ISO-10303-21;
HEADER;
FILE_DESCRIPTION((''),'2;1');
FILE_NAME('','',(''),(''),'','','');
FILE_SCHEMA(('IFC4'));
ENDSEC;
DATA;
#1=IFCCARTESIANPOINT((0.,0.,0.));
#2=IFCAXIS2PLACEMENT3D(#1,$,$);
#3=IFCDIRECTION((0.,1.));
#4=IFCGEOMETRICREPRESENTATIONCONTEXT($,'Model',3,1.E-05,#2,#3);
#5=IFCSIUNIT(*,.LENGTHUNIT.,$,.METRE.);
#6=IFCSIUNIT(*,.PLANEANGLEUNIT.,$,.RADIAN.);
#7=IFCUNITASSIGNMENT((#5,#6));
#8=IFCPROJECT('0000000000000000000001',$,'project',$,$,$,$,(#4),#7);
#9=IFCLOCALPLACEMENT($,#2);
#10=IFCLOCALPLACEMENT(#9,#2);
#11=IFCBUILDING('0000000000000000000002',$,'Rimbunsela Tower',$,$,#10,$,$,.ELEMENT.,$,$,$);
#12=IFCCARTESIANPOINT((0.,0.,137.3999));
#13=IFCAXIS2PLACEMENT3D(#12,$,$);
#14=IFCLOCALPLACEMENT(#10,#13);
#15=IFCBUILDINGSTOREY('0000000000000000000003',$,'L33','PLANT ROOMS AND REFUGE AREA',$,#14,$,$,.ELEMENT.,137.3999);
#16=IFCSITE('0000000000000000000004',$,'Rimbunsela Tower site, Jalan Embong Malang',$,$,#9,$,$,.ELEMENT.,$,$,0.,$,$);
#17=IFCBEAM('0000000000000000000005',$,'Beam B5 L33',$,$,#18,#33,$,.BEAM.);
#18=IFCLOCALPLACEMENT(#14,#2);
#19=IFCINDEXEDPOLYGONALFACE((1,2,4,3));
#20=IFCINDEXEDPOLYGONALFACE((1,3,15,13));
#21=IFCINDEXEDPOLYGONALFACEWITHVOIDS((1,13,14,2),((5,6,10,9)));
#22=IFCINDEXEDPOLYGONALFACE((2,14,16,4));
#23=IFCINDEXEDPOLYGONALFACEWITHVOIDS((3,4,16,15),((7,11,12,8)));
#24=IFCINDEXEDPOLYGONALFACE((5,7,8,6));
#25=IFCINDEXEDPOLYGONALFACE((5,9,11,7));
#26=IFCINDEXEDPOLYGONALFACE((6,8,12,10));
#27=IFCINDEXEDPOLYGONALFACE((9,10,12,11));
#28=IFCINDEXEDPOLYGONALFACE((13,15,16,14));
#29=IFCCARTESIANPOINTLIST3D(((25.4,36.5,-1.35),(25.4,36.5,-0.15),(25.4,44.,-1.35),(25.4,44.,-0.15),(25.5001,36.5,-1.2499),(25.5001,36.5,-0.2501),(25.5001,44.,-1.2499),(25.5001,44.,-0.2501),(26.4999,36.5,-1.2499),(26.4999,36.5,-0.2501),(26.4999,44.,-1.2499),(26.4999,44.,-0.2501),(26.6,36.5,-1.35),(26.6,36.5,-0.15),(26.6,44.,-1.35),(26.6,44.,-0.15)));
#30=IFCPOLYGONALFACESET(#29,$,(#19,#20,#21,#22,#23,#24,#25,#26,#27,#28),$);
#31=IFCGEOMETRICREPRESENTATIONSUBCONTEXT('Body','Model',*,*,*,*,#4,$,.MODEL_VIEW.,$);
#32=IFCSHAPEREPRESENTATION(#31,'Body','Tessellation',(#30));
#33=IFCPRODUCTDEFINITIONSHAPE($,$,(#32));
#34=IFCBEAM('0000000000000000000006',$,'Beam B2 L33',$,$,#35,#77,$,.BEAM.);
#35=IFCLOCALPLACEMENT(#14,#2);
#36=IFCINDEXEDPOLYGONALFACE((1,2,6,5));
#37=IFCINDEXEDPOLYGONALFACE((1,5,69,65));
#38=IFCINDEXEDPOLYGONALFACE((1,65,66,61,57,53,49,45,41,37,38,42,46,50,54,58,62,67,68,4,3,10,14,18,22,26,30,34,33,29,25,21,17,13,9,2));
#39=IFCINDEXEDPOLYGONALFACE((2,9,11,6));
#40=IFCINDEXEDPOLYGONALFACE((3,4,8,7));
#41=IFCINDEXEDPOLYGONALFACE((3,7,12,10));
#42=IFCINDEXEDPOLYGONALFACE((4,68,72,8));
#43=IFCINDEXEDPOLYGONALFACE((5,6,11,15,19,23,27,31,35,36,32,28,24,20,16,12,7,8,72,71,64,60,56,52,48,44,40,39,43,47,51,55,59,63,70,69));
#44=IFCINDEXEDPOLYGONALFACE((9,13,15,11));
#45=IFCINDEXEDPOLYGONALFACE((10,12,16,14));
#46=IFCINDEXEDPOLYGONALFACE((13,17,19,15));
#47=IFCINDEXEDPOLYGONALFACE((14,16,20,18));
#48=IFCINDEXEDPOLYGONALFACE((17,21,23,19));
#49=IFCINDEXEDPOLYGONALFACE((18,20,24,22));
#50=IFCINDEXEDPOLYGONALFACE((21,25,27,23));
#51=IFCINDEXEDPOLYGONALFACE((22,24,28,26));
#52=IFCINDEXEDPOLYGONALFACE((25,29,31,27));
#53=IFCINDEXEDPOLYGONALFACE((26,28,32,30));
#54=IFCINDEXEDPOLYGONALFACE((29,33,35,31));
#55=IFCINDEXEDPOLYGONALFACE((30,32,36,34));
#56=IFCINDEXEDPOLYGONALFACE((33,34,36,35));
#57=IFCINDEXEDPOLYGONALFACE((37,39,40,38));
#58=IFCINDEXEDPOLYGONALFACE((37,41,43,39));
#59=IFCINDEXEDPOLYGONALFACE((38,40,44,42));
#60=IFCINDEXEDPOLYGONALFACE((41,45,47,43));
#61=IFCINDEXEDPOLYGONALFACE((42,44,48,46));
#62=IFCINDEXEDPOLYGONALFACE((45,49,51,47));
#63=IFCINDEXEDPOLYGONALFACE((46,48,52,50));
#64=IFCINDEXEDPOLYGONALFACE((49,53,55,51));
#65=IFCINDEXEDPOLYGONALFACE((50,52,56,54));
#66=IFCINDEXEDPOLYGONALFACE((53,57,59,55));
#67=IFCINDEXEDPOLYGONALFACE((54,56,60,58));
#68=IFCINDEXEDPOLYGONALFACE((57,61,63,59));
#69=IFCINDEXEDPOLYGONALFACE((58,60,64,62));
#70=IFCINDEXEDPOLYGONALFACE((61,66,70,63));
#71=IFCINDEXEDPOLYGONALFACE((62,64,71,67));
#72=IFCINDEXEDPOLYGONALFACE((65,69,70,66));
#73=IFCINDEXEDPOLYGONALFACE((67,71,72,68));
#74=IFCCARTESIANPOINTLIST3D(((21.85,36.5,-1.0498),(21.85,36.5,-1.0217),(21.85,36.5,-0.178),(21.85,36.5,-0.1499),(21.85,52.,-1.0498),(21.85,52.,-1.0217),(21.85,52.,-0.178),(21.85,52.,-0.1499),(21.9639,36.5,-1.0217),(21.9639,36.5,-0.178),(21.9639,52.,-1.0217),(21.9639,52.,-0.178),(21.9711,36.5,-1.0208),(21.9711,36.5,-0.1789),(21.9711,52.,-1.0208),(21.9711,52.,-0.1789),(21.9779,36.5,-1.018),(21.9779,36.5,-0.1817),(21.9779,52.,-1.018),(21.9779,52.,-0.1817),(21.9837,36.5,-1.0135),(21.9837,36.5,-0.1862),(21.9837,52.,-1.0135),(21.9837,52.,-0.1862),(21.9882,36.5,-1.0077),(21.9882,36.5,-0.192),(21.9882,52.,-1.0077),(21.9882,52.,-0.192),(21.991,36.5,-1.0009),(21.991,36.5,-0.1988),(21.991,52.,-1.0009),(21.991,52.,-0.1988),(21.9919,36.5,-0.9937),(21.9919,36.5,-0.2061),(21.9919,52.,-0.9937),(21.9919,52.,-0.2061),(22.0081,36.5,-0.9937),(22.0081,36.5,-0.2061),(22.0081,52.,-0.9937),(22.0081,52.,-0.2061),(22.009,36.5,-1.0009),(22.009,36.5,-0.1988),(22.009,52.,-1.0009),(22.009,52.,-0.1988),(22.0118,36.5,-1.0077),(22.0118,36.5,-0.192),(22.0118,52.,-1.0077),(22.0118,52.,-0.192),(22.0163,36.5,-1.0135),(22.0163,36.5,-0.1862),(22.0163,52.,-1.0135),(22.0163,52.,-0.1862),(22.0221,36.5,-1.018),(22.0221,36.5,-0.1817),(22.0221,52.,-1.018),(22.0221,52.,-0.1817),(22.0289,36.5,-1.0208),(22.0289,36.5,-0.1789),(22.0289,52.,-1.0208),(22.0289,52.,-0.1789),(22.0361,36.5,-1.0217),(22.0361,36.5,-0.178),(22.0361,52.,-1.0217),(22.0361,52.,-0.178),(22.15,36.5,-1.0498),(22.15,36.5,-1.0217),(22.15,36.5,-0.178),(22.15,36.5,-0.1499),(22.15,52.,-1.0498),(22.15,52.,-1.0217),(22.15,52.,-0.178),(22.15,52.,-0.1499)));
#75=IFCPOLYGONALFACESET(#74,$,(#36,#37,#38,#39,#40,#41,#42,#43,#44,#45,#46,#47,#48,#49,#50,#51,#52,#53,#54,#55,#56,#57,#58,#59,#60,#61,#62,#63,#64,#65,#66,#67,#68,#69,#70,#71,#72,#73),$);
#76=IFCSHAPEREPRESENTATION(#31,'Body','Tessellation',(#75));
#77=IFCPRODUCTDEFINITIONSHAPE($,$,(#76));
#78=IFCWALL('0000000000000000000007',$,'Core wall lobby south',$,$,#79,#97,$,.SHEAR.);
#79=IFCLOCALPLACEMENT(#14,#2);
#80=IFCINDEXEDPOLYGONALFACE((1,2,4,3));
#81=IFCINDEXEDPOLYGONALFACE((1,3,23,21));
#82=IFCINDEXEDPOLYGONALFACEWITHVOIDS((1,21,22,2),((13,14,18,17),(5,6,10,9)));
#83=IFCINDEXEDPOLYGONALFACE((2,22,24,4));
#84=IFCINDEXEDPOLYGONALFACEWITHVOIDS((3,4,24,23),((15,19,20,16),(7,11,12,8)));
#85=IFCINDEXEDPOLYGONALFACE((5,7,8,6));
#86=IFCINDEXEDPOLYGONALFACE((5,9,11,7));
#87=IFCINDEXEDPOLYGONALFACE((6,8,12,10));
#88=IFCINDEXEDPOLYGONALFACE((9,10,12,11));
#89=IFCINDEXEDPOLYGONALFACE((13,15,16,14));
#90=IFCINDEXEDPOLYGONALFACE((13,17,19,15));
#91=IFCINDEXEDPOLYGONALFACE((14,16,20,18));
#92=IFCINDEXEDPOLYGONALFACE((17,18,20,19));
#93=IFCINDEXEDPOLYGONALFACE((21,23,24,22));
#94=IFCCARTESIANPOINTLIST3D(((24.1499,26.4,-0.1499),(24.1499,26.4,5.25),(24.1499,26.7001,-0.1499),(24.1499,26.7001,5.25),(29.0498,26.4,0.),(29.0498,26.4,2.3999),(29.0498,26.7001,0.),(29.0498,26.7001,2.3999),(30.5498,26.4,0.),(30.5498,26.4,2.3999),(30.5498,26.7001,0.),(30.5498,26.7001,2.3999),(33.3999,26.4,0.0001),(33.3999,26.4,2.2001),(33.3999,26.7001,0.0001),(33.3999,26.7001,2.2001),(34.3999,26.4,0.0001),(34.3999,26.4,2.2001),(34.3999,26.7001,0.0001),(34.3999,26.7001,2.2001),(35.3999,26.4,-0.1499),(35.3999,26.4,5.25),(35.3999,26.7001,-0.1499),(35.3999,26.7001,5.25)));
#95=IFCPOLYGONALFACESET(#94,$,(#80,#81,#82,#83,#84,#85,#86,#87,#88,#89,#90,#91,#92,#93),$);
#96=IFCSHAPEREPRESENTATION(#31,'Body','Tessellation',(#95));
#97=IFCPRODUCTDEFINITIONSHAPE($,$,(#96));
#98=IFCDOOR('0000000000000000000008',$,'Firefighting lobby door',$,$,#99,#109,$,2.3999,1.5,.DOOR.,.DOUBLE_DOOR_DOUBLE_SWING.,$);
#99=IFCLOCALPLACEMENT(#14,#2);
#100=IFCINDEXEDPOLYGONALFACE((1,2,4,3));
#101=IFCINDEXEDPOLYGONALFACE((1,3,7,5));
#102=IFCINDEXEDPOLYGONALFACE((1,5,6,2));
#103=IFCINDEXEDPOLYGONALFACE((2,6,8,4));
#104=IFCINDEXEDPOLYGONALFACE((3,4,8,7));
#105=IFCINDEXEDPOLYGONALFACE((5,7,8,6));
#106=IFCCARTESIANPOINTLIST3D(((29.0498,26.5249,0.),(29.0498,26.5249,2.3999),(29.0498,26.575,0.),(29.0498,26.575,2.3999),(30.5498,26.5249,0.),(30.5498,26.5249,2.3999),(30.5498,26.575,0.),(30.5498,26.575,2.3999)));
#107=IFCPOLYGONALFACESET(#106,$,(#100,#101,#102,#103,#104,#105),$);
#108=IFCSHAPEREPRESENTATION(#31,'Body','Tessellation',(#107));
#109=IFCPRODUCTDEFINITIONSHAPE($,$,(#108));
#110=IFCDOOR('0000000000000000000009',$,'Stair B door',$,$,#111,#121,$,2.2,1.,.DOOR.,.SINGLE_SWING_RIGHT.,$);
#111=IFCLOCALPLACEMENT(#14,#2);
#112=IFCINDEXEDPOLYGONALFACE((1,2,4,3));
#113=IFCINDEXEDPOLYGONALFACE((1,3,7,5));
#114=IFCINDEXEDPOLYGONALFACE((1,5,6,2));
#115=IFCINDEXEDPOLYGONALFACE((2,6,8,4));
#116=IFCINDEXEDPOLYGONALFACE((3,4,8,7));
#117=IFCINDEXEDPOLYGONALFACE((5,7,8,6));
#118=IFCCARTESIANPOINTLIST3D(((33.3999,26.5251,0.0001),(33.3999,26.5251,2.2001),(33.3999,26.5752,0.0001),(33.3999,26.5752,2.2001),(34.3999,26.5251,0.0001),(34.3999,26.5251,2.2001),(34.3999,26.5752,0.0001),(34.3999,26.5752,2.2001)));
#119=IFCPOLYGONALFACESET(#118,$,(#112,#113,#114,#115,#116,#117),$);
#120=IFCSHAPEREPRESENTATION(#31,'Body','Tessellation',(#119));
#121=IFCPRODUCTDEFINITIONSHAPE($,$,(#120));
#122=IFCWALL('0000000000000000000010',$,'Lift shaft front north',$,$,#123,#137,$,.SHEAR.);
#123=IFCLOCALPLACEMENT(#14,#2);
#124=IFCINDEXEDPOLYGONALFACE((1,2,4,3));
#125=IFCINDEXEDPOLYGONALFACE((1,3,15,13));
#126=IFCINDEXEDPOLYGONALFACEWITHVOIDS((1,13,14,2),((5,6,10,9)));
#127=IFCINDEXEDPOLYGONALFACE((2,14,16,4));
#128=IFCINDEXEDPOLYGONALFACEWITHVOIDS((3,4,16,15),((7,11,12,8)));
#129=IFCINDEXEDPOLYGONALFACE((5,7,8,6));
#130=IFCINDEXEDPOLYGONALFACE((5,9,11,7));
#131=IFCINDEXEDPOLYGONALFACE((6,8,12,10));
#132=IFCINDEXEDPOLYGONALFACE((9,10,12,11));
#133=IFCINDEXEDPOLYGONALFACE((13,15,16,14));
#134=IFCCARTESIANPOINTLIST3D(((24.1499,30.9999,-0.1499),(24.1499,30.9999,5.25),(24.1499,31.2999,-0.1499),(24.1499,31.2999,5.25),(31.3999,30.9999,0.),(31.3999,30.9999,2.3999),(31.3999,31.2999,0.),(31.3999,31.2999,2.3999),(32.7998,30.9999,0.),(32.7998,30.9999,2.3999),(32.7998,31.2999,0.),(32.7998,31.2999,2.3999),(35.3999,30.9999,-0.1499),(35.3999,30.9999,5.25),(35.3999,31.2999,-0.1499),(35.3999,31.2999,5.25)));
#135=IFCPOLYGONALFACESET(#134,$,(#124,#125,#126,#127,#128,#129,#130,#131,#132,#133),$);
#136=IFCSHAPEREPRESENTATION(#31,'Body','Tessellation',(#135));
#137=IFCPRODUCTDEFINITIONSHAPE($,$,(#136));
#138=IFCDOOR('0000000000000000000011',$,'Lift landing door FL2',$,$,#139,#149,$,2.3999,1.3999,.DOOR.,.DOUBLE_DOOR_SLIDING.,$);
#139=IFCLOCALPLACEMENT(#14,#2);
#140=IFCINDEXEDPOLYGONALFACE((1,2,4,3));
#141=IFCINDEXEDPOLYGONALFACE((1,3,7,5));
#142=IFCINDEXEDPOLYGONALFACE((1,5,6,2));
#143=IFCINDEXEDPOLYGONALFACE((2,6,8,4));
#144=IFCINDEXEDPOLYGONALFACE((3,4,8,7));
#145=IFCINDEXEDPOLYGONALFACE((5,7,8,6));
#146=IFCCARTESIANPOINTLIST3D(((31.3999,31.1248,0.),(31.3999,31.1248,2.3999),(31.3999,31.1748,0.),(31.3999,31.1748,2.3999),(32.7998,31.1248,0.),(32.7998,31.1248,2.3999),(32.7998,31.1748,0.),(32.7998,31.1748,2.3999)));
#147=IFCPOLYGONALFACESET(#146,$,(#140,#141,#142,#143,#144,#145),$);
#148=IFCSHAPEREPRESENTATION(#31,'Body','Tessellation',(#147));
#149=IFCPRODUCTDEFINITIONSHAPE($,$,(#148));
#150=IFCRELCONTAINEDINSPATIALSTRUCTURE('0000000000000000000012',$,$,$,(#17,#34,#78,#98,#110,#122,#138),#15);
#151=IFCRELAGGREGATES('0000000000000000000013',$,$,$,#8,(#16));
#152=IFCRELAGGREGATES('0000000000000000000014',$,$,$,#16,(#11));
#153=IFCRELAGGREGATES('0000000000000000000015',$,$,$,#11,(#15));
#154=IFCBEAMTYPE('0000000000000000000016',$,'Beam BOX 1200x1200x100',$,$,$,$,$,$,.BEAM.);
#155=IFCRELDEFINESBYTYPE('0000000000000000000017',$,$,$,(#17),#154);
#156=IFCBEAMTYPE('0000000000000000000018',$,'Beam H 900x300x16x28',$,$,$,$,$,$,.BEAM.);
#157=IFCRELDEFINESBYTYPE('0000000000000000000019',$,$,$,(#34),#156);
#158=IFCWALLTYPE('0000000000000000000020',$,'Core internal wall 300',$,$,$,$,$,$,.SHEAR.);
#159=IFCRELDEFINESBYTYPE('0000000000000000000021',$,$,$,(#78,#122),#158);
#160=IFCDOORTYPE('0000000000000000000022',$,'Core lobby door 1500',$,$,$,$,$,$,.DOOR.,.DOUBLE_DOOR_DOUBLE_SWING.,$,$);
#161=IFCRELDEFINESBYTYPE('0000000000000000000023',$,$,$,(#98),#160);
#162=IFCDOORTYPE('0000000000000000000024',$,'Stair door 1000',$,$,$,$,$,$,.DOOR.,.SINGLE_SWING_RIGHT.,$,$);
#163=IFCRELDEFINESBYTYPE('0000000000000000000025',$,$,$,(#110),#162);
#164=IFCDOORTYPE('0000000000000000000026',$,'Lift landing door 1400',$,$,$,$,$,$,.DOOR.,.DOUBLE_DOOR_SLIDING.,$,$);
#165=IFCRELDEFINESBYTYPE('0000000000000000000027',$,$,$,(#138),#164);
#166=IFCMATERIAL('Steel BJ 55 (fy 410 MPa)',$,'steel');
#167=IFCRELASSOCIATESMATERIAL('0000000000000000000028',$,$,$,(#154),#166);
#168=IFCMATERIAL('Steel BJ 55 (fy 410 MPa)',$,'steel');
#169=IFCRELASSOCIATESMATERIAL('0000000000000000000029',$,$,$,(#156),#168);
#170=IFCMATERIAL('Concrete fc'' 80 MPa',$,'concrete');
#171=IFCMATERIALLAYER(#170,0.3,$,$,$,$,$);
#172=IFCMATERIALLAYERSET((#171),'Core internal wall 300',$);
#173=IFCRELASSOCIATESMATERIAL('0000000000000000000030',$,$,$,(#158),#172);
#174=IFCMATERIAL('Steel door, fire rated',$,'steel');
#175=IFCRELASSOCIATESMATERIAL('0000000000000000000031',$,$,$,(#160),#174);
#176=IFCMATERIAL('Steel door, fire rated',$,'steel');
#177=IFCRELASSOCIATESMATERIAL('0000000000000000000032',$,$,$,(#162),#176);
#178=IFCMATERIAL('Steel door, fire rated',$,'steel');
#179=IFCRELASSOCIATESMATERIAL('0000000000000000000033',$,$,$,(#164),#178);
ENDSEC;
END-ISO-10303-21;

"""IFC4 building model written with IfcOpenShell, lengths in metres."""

from ifc_helpers import new_model, si_unit, direction, frame, frame_2d, origin, origin_2d, place, context, subcontext, project, spatial, rectangle, hollow_rectangle, i_section, extrude, material, layer, layer_set, material_profile, profile_set, type_object, element, fill, save


model = new_model("IFC4")

# Units and contexts
model_context = context("Model", 3, precision=1e-05, world=origin(), true_north=direction((0.0, 1.0)))
body_context = subcontext(model_context, "Body", "Model", "MODEL_VIEW")
ifc_project = project(units=[si_unit("LENGTHUNIT", "METRE"), si_unit("PLANEANGLEUNIT", "RADIAN")], contexts=[model_context])

# Site, building, storey
site_placement = place(None, origin())
site = spatial("IfcSite", under=ifc_project, at=site_placement, Name="Rimbunsela Tower site, Jalan Embong Malang", CompositionType="ELEMENT", RefElevation=0.0)
building_placement = place(site_placement, origin())
building = spatial("IfcBuilding", under=site, at=building_placement, Name="Rimbunsela Tower", CompositionType="ELEMENT")
storey_placement = place(building_placement, frame((0.0, 0.0, 137.3999)))
storey = spatial("IfcBuildingStorey", under=building, at=storey_placement, Name="L33", Description="PLANT ROOMS AND REFUGE AREA", CompositionType="ELEMENT", Elevation=137.3999)

# Beams
ifc_material_1 = material(Name="Steel BJ 55 (fy 410 MPa)", Category="steel")
ifc_material_profile_1 = material_profile(ifc_material_1, hollow_rectangle(XDim=1.2, YDim=1.2, WallThickness=0.1001, at=origin_2d()), Name="BOX 1200x1200x100")
ifc_profile_set_1 = profile_set([ifc_material_profile_1], Name="Steel BJ 55 (fy 410 MPa)")
beam_type_1 = type_object("IfcBeamType", Name="Beam BOX 1200x1200x100", PredefinedType="BEAM", material=ifc_profile_set_1)
beam_1_placement = place(storey_placement, frame((26.0, 36.5, -0.75), z_axis=(0.0, 1.0, 0.0), x_axis=(-1.0, 0.0, 0.0)))
element("IfcBeam", 1, at=beam_1_placement, inside=storey, type_object=beam_type_1, Name="Beam B5 L33", PredefinedType="BEAM", context=body_context, shape_type="SweptSolid", body=[
    extrude(hollow_rectangle(XDim=1.2, YDim=1.2, WallThickness=0.1001, at=origin_2d()), origin(), (0.0, 0.0, 1.0), 7.5),
])
ifc_material_2 = material(Name="Steel BJ 55 (fy 410 MPa)", Category="steel")
ifc_material_profile_2 = material_profile(ifc_material_2, i_section(OverallWidth=0.3, OverallDepth=0.8999, WebThickness=0.0161, FlangeThickness=0.0281, FilletRadius=0.0281, at=origin_2d()), Name="H 900x300x16x28")
ifc_profile_set_2 = profile_set([ifc_material_profile_2], Name="Steel BJ 55 (fy 410 MPa)")
beam_type_2 = type_object("IfcBeamType", Name="Beam H 900x300x16x28", PredefinedType="BEAM", material=ifc_profile_set_2)
beam_2_placement = place(storey_placement, frame((22.0, 36.5, -0.5999), z_axis=(0.0, 1.0, 0.0), x_axis=(-1.0, 0.0, 0.0)))
element("IfcBeam", 2, at=beam_2_placement, inside=storey, type_object=beam_type_2, Name="Beam B2 L33", PredefinedType="BEAM", context=body_context, shape_type="SweptSolid", body=[
    extrude(i_section(OverallWidth=0.3, OverallDepth=0.8999, WebThickness=0.0161, FlangeThickness=0.0281, FilletRadius=0.0281, at=origin_2d()), origin(), (0.0, 0.0, 1.0), 15.5),
])

# Wall, openings, doors
ifc_material_3 = material(Name="Concrete fc' 80 MPa", Category="concrete")
ifc_layer_1 = layer(ifc_material_3, 0.3)
ifc_layer_set_1 = layer_set([ifc_layer_1], Name="Core internal wall 300")
wall_type_1 = type_object("IfcWallType", Name="Core internal wall 300", PredefinedType="SHEAR", material=ifc_layer_set_1)
wall_1_placement = place(storey_placement, frame((24.1499, 26.55, -0.1499), z_axis=(0.0, 0.0, 1.0), x_axis=(1.0, 0.0, 0.0)))
wall_1 = element("IfcWall", 3, at=wall_1_placement, inside=storey, type_object=wall_type_1, Name="Core wall lobby south", PredefinedType="SHEAR", context=body_context, shape_type="SweptSolid", body=[
    extrude(rectangle(XDim=11.25, YDim=0.3, at=frame_2d((5.625, 0.0))), origin(), (0.0, 0.0, 1.0), 5.3999),
])
opening_1_placement = place(wall_1_placement, frame((9.25, 0.0, 0.1499)))
opening_1 = element("IfcOpeningElement", 4, at=opening_1_placement, cuts=wall_1, PredefinedType="OPENING", context=body_context, shape_type="SweptSolid", body=[
    extrude(rectangle(XDim=1.0, YDim=2.2, at=frame_2d((0.5, 1.1001))), frame((0.0, 0.1599, 0.0), z_axis=(0.0, -1.0, 0.0), x_axis=(1.0, 0.0, 0.0)), (0.0, 0.0, 1.0), 0.3201),
])
opening_2_placement = place(wall_1_placement, frame((4.8999, 0.0, 0.1499)))
opening_2 = element("IfcOpeningElement", 5, at=opening_2_placement, cuts=wall_1, PredefinedType="OPENING", context=body_context, shape_type="SweptSolid", body=[
    extrude(rectangle(XDim=1.5, YDim=2.3999, at=frame_2d((0.75, 1.2))), frame((0.0, 0.1599, 0.0), z_axis=(0.0, -1.0, 0.0), x_axis=(1.0, 0.0, 0.0)), (0.0, 0.0, 1.0), 0.3201),
])
ifc_material_4 = material(Name="Steel door, fire rated", Category="steel")
door_type_1 = type_object("IfcDoorType", Name="Core lobby door 1500", OperationType="DOUBLE_DOOR_DOUBLE_SWING", PredefinedType="DOOR", material=ifc_material_4)
door_1_placement = place(opening_2_placement, origin())
door_1 = element("IfcDoor", 6, at=door_1_placement, inside=storey, type_object=door_type_1, Name="Firefighting lobby door", OperationType="DOUBLE_DOOR_DOUBLE_SWING", OverallHeight=2.3999, OverallWidth=1.5, PredefinedType="DOOR", context=body_context, shape_type="SweptSolid", body=[
    extrude(rectangle(XDim=1.5, YDim=2.3999, at=frame_2d((0.75, 1.2))), frame((0.0, 0.0249, 0.0), z_axis=(0.0, -1.0, 0.0), x_axis=(1.0, 0.0, 0.0)), (0.0, 0.0, 1.0), 0.05),
])
fill(opening_2, door_1)
ifc_material_5 = material(Name="Steel door, fire rated", Category="steel")
door_type_2 = type_object("IfcDoorType", Name="Stair door 1000", OperationType="SINGLE_SWING_RIGHT", PredefinedType="DOOR", material=ifc_material_5)
door_2_placement = place(opening_1_placement, frame((1.0, 0.0, 0.0), z_axis=(0.0, 0.0, 1.0), x_axis=(-1.0, 0.0, 0.0)))
door_2 = element("IfcDoor", 7, at=door_2_placement, inside=storey, type_object=door_type_2, Name="Stair B door", OperationType="SINGLE_SWING_RIGHT", OverallHeight=2.2, OverallWidth=1.0, PredefinedType="DOOR", context=body_context, shape_type="SweptSolid", body=[
    extrude(rectangle(XDim=1.0, YDim=2.2, at=frame_2d((0.5, 1.1001))), frame((0.0, 0.0249, 0.0), z_axis=(0.0, -1.0, 0.0), x_axis=(1.0, 0.0, 0.0)), (0.0, 0.0, 1.0), 0.05),
])
fill(opening_1, door_2)

# Wall, opening, door
wall_2_placement = place(storey_placement, frame((24.1499, 31.1499, -0.1499), z_axis=(0.0, 0.0, 1.0), x_axis=(1.0, 0.0, 0.0)))
wall_2 = element("IfcWall", 8, at=wall_2_placement, inside=storey, type_object=wall_type_1, Name="Lift shaft front north", PredefinedType="SHEAR", context=body_context, shape_type="SweptSolid", body=[
    extrude(rectangle(XDim=11.25, YDim=0.3, at=frame_2d((5.625, 0.0))), origin(), (0.0, 0.0, 1.0), 5.3999),
])
opening_3_placement = place(wall_2_placement, frame((7.25, 0.0, 0.1499)))
opening_3 = element("IfcOpeningElement", 9, at=opening_3_placement, cuts=wall_2, PredefinedType="OPENING", context=body_context, shape_type="SweptSolid", body=[
    extrude(rectangle(XDim=1.3999, YDim=2.3999, at=frame_2d((0.7, 1.2))), frame((0.0, 0.1599, 0.0), z_axis=(0.0, -1.0, 0.0), x_axis=(1.0, 0.0, 0.0)), (0.0, 0.0, 1.0), 0.3201),
])
ifc_material_6 = material(Name="Steel door, fire rated", Category="steel")
door_type_3 = type_object("IfcDoorType", Name="Lift landing door 1400", OperationType="DOUBLE_DOOR_SLIDING", PredefinedType="DOOR", material=ifc_material_6)
door_3_placement = place(opening_3_placement, origin())
door_3 = element("IfcDoor", 10, at=door_3_placement, inside=storey, type_object=door_type_3, Name="Lift landing door FL2", OperationType="DOUBLE_DOOR_SLIDING", OverallHeight=2.3999, OverallWidth=1.3999, PredefinedType="DOOR", context=body_context, shape_type="SweptSolid", body=[
    extrude(rectangle(XDim=1.3999, YDim=2.3999, at=frame_2d((0.7, 1.2))), frame((0.0, 0.0249, 0.0), z_axis=(0.0, -1.0, 0.0), x_axis=(1.0, 0.0, 0.0)), (0.0, 0.0, 1.0), 0.05),
])
fill(opening_3, door_3)

save(model, "model.ifc")
